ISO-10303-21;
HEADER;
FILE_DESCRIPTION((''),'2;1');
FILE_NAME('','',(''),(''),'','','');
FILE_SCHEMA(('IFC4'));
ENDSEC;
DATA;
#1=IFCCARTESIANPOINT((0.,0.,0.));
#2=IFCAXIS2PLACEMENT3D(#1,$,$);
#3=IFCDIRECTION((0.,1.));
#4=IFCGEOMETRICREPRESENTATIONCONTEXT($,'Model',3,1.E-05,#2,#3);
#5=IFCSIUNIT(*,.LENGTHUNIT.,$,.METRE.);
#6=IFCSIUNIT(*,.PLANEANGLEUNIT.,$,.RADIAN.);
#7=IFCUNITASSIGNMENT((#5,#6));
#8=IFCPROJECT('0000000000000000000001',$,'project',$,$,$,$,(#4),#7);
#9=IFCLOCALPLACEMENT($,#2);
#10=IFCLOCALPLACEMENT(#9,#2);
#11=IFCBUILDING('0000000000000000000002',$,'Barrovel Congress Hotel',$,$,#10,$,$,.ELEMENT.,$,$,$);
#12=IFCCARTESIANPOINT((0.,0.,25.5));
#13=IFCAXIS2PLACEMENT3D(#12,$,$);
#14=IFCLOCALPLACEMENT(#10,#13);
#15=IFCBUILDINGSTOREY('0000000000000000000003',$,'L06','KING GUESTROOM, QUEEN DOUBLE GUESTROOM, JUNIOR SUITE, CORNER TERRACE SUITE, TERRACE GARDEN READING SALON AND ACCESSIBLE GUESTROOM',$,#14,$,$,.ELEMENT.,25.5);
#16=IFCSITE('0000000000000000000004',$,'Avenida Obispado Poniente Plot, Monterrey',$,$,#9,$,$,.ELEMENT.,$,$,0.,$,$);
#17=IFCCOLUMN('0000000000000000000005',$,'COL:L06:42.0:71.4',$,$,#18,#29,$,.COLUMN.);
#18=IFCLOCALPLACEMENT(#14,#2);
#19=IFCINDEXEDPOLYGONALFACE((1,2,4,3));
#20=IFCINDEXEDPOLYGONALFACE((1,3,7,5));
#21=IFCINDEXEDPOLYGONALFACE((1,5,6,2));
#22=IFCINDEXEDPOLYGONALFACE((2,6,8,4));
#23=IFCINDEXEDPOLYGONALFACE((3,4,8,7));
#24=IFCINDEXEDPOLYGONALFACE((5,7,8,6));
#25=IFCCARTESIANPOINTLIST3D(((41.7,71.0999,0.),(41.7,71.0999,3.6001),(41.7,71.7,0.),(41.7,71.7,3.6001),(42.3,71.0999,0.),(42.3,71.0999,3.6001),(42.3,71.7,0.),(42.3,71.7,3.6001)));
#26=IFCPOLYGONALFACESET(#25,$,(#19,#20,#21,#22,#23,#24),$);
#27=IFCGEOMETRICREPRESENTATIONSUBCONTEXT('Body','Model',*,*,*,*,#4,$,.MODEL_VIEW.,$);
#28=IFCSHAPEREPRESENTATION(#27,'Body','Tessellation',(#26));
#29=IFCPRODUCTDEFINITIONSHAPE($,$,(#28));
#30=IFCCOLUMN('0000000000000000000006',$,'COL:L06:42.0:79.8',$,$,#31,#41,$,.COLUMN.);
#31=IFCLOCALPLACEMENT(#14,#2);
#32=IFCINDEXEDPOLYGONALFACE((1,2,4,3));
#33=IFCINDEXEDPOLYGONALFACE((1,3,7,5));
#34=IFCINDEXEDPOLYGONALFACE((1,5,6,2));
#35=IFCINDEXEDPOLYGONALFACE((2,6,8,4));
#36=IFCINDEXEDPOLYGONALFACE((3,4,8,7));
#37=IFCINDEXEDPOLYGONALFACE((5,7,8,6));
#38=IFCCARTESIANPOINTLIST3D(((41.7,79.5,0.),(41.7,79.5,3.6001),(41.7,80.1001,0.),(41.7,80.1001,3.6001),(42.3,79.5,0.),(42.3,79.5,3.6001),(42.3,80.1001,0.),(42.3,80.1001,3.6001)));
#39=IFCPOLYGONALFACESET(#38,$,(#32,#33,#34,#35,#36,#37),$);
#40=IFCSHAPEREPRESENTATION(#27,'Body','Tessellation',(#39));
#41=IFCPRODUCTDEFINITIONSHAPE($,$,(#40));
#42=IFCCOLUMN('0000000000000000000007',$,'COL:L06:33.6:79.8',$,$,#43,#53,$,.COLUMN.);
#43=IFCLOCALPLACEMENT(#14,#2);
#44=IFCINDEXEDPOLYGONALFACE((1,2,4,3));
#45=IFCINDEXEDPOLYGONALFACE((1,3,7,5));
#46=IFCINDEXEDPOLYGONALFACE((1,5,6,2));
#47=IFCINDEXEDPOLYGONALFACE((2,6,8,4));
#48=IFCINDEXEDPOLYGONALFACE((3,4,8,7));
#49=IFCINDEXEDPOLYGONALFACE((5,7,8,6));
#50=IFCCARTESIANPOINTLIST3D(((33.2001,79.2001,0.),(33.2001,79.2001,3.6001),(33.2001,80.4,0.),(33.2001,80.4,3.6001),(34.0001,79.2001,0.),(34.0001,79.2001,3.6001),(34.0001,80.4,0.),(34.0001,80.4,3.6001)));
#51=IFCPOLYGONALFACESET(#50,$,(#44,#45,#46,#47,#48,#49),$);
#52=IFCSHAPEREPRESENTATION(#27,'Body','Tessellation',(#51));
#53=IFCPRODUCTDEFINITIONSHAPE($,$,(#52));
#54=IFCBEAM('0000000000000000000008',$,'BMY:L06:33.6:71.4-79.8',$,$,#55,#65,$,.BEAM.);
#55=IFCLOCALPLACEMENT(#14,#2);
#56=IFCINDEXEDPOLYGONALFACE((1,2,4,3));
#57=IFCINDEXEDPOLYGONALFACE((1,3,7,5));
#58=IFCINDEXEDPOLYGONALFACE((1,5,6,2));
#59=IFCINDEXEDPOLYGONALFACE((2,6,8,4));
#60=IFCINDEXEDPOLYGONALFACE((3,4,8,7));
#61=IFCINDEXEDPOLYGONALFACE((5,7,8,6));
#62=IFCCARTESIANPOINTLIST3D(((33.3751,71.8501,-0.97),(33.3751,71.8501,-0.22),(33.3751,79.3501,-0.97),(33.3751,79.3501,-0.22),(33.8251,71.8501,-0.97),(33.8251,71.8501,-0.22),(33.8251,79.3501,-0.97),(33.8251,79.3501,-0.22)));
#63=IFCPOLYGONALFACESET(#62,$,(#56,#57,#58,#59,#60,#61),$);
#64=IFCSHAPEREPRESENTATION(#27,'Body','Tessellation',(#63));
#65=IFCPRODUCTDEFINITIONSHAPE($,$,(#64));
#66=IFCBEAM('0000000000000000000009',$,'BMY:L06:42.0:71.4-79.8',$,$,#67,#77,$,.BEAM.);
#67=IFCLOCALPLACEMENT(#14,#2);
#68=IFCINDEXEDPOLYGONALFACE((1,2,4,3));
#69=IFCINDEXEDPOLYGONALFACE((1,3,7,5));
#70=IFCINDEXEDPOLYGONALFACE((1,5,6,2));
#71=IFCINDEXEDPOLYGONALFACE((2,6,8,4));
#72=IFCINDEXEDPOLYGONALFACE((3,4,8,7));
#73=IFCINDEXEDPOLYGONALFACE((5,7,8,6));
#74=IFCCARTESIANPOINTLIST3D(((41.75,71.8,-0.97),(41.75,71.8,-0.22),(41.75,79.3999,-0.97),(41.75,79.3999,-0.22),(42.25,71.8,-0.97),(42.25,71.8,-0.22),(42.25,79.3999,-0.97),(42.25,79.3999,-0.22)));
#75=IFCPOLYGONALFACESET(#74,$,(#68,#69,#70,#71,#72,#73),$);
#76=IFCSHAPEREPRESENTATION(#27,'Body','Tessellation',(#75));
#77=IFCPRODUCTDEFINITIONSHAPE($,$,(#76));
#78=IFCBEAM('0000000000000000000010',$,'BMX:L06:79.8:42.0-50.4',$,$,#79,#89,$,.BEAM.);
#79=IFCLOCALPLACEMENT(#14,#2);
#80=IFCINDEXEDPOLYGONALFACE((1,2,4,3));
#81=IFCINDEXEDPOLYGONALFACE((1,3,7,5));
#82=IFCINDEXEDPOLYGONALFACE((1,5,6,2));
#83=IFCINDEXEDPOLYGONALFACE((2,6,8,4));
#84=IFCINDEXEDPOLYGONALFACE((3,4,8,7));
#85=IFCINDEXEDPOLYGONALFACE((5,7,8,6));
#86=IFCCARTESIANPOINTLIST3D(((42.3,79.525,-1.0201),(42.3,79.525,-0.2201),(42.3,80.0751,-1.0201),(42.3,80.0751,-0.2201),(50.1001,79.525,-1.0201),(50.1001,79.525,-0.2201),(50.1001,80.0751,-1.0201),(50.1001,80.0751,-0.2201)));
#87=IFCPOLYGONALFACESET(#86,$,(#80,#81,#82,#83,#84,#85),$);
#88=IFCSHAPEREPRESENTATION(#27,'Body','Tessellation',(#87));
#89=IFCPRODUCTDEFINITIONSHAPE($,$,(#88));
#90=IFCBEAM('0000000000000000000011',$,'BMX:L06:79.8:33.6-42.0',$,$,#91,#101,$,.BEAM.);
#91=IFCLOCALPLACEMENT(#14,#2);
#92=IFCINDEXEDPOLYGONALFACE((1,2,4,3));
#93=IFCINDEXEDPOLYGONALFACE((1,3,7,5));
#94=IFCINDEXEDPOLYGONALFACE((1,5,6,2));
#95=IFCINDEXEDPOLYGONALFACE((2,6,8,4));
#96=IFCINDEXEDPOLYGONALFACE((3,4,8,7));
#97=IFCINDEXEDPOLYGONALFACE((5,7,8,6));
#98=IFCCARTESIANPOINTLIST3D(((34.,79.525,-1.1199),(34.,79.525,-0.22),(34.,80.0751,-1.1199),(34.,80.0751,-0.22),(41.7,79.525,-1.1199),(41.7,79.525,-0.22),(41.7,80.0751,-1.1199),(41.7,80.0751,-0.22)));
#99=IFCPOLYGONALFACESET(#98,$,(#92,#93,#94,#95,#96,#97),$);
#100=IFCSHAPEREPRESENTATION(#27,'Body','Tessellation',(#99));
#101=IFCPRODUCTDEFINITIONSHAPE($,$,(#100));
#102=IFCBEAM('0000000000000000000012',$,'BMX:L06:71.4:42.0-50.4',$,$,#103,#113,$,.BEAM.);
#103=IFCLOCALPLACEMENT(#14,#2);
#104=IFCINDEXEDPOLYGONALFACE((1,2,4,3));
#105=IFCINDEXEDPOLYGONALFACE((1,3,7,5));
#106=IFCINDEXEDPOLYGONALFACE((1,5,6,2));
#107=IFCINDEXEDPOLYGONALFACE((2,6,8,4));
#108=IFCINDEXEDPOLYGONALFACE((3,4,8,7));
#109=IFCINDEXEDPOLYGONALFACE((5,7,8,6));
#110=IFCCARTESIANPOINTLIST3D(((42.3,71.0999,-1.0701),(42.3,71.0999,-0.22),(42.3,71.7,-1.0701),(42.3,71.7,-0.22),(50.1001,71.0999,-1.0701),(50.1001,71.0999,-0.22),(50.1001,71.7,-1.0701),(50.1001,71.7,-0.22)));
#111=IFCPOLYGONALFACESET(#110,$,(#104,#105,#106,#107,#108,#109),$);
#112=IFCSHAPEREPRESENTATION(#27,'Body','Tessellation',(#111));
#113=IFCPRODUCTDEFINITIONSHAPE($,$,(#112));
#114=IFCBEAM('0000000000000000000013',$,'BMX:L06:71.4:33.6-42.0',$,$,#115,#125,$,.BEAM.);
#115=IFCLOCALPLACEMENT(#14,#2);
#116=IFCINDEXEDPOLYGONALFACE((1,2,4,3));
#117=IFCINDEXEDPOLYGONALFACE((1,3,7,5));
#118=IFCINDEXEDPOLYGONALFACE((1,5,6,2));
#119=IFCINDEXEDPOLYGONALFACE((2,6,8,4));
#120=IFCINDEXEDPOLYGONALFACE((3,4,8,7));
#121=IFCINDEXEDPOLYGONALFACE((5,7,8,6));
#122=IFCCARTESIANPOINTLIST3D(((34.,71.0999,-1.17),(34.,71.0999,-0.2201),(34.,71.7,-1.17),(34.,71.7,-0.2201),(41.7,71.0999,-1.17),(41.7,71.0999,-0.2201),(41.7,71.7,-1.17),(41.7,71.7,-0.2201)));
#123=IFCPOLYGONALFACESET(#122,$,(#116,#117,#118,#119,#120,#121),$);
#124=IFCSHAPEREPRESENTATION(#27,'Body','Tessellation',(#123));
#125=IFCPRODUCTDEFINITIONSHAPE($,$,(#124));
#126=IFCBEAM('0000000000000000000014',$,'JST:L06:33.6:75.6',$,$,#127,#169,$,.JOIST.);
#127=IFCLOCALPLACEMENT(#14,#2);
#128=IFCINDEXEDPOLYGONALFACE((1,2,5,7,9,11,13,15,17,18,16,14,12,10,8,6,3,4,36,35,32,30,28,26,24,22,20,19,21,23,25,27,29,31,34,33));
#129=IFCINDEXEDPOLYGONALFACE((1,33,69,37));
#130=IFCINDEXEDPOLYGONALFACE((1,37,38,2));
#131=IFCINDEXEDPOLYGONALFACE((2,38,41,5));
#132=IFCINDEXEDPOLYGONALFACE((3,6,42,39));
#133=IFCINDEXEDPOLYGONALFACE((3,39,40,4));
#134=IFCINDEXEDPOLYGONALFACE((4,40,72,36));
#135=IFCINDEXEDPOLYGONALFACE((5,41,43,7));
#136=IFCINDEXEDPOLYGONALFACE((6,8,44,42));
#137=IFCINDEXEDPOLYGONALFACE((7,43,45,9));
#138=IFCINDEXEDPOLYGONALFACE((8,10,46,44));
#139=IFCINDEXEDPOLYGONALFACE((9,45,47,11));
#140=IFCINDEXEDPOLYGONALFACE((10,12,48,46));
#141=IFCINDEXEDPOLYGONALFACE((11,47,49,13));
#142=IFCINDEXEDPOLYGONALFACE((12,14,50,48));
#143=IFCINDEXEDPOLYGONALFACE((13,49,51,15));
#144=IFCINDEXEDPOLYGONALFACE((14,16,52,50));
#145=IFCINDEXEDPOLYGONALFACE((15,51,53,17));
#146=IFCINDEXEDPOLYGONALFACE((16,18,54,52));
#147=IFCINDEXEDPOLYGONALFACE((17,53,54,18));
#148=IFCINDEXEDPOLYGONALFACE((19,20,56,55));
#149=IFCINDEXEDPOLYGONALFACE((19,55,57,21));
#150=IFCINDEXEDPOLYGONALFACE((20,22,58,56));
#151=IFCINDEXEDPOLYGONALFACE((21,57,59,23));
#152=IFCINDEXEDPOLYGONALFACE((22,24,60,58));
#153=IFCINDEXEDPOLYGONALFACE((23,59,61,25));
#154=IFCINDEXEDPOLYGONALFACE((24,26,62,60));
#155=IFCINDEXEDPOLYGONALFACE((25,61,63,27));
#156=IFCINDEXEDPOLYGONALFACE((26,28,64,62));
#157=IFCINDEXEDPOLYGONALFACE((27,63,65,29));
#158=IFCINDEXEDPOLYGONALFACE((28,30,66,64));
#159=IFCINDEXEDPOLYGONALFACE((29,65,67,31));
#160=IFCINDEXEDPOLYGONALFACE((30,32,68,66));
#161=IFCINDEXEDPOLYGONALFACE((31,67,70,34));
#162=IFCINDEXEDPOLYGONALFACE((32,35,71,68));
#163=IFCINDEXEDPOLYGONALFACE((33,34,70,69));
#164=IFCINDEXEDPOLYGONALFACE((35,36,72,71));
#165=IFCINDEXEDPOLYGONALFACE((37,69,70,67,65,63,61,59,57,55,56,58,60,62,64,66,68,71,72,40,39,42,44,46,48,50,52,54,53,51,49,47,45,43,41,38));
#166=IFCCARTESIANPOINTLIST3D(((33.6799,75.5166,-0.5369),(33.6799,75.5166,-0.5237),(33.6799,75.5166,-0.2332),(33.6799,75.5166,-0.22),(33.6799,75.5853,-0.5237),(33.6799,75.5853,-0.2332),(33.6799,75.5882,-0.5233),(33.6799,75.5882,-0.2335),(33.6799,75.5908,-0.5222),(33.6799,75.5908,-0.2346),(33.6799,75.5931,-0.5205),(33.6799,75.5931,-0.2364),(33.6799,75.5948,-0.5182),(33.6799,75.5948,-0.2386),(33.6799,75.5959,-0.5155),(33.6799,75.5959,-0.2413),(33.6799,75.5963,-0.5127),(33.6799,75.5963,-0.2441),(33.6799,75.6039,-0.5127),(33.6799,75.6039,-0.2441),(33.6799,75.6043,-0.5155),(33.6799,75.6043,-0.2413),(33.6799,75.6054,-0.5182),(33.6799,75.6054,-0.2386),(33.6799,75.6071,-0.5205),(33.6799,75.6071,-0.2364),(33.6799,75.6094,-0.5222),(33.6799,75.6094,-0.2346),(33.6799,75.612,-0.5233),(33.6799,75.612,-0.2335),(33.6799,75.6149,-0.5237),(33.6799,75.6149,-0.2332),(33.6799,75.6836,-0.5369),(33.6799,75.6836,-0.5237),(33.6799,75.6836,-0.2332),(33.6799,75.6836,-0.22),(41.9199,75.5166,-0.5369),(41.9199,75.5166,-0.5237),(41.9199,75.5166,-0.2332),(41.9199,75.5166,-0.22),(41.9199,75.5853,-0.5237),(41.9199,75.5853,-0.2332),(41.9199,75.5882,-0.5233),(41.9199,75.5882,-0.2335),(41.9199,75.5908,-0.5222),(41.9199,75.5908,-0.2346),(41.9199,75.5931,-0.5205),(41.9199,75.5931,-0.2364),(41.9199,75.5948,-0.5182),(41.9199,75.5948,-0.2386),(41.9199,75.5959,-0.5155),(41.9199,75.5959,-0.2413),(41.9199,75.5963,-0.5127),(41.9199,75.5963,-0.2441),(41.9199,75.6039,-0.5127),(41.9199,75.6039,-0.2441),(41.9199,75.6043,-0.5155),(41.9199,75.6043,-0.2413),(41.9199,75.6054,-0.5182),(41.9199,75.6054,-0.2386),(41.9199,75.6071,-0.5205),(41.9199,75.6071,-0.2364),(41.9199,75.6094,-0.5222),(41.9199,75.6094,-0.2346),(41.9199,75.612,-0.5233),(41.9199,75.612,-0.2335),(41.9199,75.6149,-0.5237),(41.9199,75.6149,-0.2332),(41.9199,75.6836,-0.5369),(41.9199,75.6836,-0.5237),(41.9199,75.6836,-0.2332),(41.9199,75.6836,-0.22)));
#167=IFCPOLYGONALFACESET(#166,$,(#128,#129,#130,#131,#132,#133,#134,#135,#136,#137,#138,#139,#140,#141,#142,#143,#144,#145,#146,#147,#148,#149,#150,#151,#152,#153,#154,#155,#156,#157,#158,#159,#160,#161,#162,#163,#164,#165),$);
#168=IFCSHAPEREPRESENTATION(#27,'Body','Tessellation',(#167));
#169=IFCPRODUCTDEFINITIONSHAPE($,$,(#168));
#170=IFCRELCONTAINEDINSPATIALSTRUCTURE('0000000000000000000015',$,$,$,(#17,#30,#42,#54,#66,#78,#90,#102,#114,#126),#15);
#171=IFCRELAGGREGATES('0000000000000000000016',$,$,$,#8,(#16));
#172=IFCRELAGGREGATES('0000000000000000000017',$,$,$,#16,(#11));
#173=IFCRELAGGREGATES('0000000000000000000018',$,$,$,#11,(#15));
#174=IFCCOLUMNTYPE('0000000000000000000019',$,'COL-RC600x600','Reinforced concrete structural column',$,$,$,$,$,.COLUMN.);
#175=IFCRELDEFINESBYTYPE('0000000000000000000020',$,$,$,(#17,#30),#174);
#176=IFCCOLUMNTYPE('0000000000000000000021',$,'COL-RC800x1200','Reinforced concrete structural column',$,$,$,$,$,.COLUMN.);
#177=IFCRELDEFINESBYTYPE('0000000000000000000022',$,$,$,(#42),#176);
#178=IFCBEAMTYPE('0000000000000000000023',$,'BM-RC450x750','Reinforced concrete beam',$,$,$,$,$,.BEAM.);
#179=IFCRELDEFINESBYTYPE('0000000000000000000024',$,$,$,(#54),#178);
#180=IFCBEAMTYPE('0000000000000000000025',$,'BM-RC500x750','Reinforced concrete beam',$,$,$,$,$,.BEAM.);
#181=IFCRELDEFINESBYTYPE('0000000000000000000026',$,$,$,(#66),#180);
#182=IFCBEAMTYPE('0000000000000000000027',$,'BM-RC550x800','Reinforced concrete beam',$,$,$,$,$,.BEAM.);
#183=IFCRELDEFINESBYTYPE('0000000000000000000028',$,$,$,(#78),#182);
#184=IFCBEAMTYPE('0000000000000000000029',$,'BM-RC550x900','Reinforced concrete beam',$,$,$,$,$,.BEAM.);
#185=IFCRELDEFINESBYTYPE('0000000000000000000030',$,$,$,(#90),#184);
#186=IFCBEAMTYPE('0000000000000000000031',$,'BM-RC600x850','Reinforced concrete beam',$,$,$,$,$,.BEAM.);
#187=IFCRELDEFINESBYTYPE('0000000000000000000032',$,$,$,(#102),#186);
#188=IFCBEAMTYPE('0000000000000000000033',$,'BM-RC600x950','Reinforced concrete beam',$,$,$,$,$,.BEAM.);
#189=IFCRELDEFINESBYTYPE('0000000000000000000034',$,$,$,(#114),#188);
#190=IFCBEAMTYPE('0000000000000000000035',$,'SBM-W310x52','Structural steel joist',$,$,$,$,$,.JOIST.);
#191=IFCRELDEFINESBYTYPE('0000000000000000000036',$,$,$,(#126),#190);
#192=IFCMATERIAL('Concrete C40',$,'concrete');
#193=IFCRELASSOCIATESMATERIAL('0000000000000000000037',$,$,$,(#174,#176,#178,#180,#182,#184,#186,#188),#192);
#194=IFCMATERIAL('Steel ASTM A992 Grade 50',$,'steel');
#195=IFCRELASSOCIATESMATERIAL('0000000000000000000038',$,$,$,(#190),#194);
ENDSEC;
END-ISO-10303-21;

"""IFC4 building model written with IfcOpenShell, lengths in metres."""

from ifc_helpers import new_model, si_unit, direction, frame, origin, origin_2d, place, context, subcontext, project, spatial, rectangle, i_section, extrude, material, material_profile, profile_set, type_object, element, save


model = new_model("IFC4")

# Units and contexts
model_context = context("Model", 3, precision=1e-05, world=origin(), true_north=direction((0.0, 1.0)))
body_context = subcontext(model_context, "Body", "Model", "MODEL_VIEW")
ifc_project = project(units=[si_unit("LENGTHUNIT", "METRE"), si_unit("PLANEANGLEUNIT", "RADIAN")], contexts=[model_context])

# Site, building, storey
site_placement = place(None, origin())
site = spatial("IfcSite", under=ifc_project, at=site_placement, Name="Avenida Obispado Poniente Plot, Monterrey", CompositionType="ELEMENT", RefElevation=0.0)
building_placement = place(site_placement, origin())
building = spatial("IfcBuilding", under=site, at=building_placement, Name="Barrovel Congress Hotel", CompositionType="ELEMENT")
storey_placement = place(building_placement, frame((0.0, 0.0, 25.5)))
storey = spatial("IfcBuildingStorey", under=building, at=storey_placement, Name="L06", Description="KING GUESTROOM, QUEEN DOUBLE GUESTROOM, JUNIOR SUITE, CORNER TERRACE SUITE, TERRACE GARDEN READING SALON AND ACCESSIBLE GUESTROOM", CompositionType="ELEMENT", Elevation=25.5)

# Columns
ifc_material_1 = material(Name="Concrete C40", Category="concrete")
ifc_material_profile_1 = material_profile(ifc_material_1, rectangle(XDim=0.6001, YDim=0.6001, at=origin_2d()), Name="RC600x600")
ifc_profile_set_1 = profile_set([ifc_material_profile_1], Name="Concrete C40")
column_type_1 = type_object("IfcColumnType", Name="COL-RC600x600", Description="Reinforced concrete structural column", PredefinedType="COLUMN", material=ifc_profile_set_1)
for number, where, z_axis, x_axis, name in (
    (1, (42.0, 71.3999, 0.0), (0.0, 0.0, 1.0), (1.0, 0.0, 0.0), "COL:L06:42.0:71.4"),
    (2, (42.0, 79.8, 0.0), (0.0, 0.0, 1.0), (1.0, 0.0, 0.0), "COL:L06:42.0:79.8"),
):
    element("IfcColumn", number, at=place(storey_placement, frame(where, z_axis=z_axis, x_axis=x_axis)), inside=storey, type_object=column_type_1, Name=name, PredefinedType="COLUMN", context=body_context, shape_type="SweptSolid", body=[
        extrude(rectangle(XDim=0.6001, YDim=0.6001, at=origin_2d()), origin(), (0.0, 0.0, 1.0), 3.6001),
    ])
ifc_material_profile_2 = material_profile(ifc_material_1, rectangle(XDim=0.8, YDim=1.2, at=origin_2d()), Name="RC800x1200")
ifc_profile_set_2 = profile_set([ifc_material_profile_2], Name="Concrete C40")
column_type_2 = type_object("IfcColumnType", Name="COL-RC800x1200", Description="Reinforced concrete structural column", PredefinedType="COLUMN", material=ifc_profile_set_2)
column_placement = place(storey_placement, frame((33.6001, 79.8, 0.0), z_axis=(0.0, 0.0, 1.0), x_axis=(1.0, 0.0, 0.0)))
element("IfcColumn", 3, at=column_placement, inside=storey, type_object=column_type_2, Name="COL:L06:33.6:79.8", PredefinedType="COLUMN", context=body_context, shape_type="SweptSolid", body=[
    extrude(rectangle(XDim=0.8, YDim=1.2, at=origin_2d()), origin(), (0.0, 0.0, 1.0), 3.6001),
])

# Beams
ifc_material_profile_3 = material_profile(ifc_material_1, rectangle(XDim=0.45, YDim=0.75, at=origin_2d()), Name="RC450x750")
ifc_profile_set_3 = profile_set([ifc_material_profile_3], Name="Concrete C40")
beam_type_1 = type_object("IfcBeamType", Name="BM-RC450x750", Description="Reinforced concrete beam", PredefinedType="BEAM", material=ifc_profile_set_3)
beam_1_placement = place(storey_placement, frame((33.6001, 71.8501, -0.595), z_axis=(0.0, 1.0, 0.0), x_axis=(-1.0, 0.0, 0.0)))
element("IfcBeam", 4, at=beam_1_placement, inside=storey, type_object=beam_type_1, Name="BMY:L06:33.6:71.4-79.8", PredefinedType="BEAM", context=body_context, shape_type="SweptSolid", body=[
    extrude(rectangle(XDim=0.45, YDim=0.75, at=origin_2d()), origin(), (0.0, 0.0, 1.0), 7.5),
])
ifc_material_profile_4 = material_profile(ifc_material_1, rectangle(XDim=0.5, YDim=0.75, at=origin_2d()), Name="RC500x750")
ifc_profile_set_4 = profile_set([ifc_material_profile_4], Name="Concrete C40")
beam_type_2 = type_object("IfcBeamType", Name="BM-RC500x750", Description="Reinforced concrete beam", PredefinedType="BEAM", material=ifc_profile_set_4)
beam_2_placement = place(storey_placement, frame((42.0, 71.8, -0.595), z_axis=(0.0, 1.0, 0.0), x_axis=(-1.0, 0.0, 0.0)))
element("IfcBeam", 5, at=beam_2_placement, inside=storey, type_object=beam_type_2, Name="BMY:L06:42.0:71.4-79.8", PredefinedType="BEAM", context=body_context, shape_type="SweptSolid", body=[
    extrude(rectangle(XDim=0.5, YDim=0.75, at=origin_2d()), origin(), (0.0, 0.0, 1.0), 7.5999),
])
ifc_material_profile_5 = material_profile(ifc_material_1, rectangle(XDim=0.55, YDim=0.8, at=origin_2d()), Name="RC550x800")
ifc_profile_set_5 = profile_set([ifc_material_profile_5], Name="Concrete C40")
beam_type_3 = type_object("IfcBeamType", Name="BM-RC550x800", Description="Reinforced concrete beam", PredefinedType="BEAM", material=ifc_profile_set_5)
beam_3_placement = place(storey_placement, frame((42.3, 79.8, -0.6201), z_axis=(1.0, 0.0, 0.0), x_axis=(0.0, 1.0, 0.0)))
element("IfcBeam", 6, at=beam_3_placement, inside=storey, type_object=beam_type_3, Name="BMX:L06:79.8:42.0-50.4", PredefinedType="BEAM", context=body_context, shape_type="SweptSolid", body=[
    extrude(rectangle(XDim=0.55, YDim=0.8, at=origin_2d()), origin(), (0.0, 0.0, 1.0), 7.8),
])
ifc_material_profile_6 = material_profile(ifc_material_1, rectangle(XDim=0.55, YDim=0.8999, at=origin_2d()), Name="RC550x900")
ifc_profile_set_6 = profile_set([ifc_material_profile_6], Name="Concrete C40")
beam_type_4 = type_object("IfcBeamType", Name="BM-RC550x900", Description="Reinforced concrete beam", PredefinedType="BEAM", material=ifc_profile_set_6)
beam_4_placement = place(storey_placement, frame((34.0, 79.8, -0.6699), z_axis=(1.0, 0.0, 0.0), x_axis=(0.0, 1.0, 0.0)))
element("IfcBeam", 7, at=beam_4_placement, inside=storey, type_object=beam_type_4, Name="BMX:L06:79.8:33.6-42.0", PredefinedType="BEAM", context=body_context, shape_type="SweptSolid", body=[
    extrude(rectangle(XDim=0.55, YDim=0.8999, at=origin_2d()), origin(), (0.0, 0.0, 1.0), 7.7),
])
ifc_material_profile_7 = material_profile(ifc_material_1, rectangle(XDim=0.6001, YDim=0.8501, at=origin_2d()), Name="RC600x850")
ifc_profile_set_7 = profile_set([ifc_material_profile_7], Name="Concrete C40")
beam_type_5 = type_object("IfcBeamType", Name="BM-RC600x850", Description="Reinforced concrete beam", PredefinedType="BEAM", material=ifc_profile_set_7)
beam_5_placement = place(storey_placement, frame((42.3, 71.3999, -0.645), z_axis=(1.0, 0.0, 0.0), x_axis=(0.0, 1.0, 0.0)))
element("IfcBeam", 8, at=beam_5_placement, inside=storey, type_object=beam_type_5, Name="BMX:L06:71.4:42.0-50.4", PredefinedType="BEAM", context=body_context, shape_type="SweptSolid", body=[
    extrude(rectangle(XDim=0.6001, YDim=0.8501, at=origin_2d()), origin(), (0.0, 0.0, 1.0), 7.8),
])
ifc_material_profile_8 = material_profile(ifc_material_1, rectangle(XDim=0.6001, YDim=0.95, at=origin_2d()), Name="RC600x950")
ifc_profile_set_8 = profile_set([ifc_material_profile_8], Name="Concrete C40")
beam_type_6 = type_object("IfcBeamType", Name="BM-RC600x950", Description="Reinforced concrete beam", PredefinedType="BEAM", material=ifc_profile_set_8)
beam_6_placement = place(storey_placement, frame((34.0, 71.3999, -0.6951), z_axis=(1.0, 0.0, 0.0), x_axis=(0.0, 1.0, 0.0)))
element("IfcBeam", 9, at=beam_6_placement, inside=storey, type_object=beam_type_6, Name="BMX:L06:71.4:33.6-42.0", PredefinedType="BEAM", context=body_context, shape_type="SweptSolid", body=[
    extrude(rectangle(XDim=0.6001, YDim=0.95, at=origin_2d()), origin(), (0.0, 0.0, 1.0), 7.7),
])
ifc_material_2 = material(Name="Steel ASTM A992 Grade 50", Category="steel")
ifc_material_profile_9 = material_profile(ifc_material_2, i_section(OverallWidth=0.167, OverallDepth=0.3169, WebThickness=0.0076, FlangeThickness=0.0132, FilletRadius=0.011, at=origin_2d()), Name="W310x52")
ifc_profile_set_9 = profile_set([ifc_material_profile_9], Name="Steel ASTM A992 Grade 50")
beam_type_7 = type_object("IfcBeamType", Name="SBM-W310x52", Description="Structural steel joist", PredefinedType="JOIST", material=ifc_profile_set_9)
beam_7_placement = place(storey_placement, frame((33.6799, 75.6001, -0.3784), z_axis=(1.0, 0.0, 0.0), x_axis=(0.0, 1.0, 0.0)))
element("IfcBeam", 10, at=beam_7_placement, inside=storey, type_object=beam_type_7, Name="JST:L06:33.6:75.6", PredefinedType="JOIST", context=body_context, shape_type="SweptSolid", body=[
    extrude(i_section(OverallWidth=0.167, OverallDepth=0.3169, WebThickness=0.0076, FlangeThickness=0.0132, FilletRadius=0.011, at=origin_2d()), origin(), (0.0, 0.0, 1.0), 8.24),
])

save(model, "model.ifc")
